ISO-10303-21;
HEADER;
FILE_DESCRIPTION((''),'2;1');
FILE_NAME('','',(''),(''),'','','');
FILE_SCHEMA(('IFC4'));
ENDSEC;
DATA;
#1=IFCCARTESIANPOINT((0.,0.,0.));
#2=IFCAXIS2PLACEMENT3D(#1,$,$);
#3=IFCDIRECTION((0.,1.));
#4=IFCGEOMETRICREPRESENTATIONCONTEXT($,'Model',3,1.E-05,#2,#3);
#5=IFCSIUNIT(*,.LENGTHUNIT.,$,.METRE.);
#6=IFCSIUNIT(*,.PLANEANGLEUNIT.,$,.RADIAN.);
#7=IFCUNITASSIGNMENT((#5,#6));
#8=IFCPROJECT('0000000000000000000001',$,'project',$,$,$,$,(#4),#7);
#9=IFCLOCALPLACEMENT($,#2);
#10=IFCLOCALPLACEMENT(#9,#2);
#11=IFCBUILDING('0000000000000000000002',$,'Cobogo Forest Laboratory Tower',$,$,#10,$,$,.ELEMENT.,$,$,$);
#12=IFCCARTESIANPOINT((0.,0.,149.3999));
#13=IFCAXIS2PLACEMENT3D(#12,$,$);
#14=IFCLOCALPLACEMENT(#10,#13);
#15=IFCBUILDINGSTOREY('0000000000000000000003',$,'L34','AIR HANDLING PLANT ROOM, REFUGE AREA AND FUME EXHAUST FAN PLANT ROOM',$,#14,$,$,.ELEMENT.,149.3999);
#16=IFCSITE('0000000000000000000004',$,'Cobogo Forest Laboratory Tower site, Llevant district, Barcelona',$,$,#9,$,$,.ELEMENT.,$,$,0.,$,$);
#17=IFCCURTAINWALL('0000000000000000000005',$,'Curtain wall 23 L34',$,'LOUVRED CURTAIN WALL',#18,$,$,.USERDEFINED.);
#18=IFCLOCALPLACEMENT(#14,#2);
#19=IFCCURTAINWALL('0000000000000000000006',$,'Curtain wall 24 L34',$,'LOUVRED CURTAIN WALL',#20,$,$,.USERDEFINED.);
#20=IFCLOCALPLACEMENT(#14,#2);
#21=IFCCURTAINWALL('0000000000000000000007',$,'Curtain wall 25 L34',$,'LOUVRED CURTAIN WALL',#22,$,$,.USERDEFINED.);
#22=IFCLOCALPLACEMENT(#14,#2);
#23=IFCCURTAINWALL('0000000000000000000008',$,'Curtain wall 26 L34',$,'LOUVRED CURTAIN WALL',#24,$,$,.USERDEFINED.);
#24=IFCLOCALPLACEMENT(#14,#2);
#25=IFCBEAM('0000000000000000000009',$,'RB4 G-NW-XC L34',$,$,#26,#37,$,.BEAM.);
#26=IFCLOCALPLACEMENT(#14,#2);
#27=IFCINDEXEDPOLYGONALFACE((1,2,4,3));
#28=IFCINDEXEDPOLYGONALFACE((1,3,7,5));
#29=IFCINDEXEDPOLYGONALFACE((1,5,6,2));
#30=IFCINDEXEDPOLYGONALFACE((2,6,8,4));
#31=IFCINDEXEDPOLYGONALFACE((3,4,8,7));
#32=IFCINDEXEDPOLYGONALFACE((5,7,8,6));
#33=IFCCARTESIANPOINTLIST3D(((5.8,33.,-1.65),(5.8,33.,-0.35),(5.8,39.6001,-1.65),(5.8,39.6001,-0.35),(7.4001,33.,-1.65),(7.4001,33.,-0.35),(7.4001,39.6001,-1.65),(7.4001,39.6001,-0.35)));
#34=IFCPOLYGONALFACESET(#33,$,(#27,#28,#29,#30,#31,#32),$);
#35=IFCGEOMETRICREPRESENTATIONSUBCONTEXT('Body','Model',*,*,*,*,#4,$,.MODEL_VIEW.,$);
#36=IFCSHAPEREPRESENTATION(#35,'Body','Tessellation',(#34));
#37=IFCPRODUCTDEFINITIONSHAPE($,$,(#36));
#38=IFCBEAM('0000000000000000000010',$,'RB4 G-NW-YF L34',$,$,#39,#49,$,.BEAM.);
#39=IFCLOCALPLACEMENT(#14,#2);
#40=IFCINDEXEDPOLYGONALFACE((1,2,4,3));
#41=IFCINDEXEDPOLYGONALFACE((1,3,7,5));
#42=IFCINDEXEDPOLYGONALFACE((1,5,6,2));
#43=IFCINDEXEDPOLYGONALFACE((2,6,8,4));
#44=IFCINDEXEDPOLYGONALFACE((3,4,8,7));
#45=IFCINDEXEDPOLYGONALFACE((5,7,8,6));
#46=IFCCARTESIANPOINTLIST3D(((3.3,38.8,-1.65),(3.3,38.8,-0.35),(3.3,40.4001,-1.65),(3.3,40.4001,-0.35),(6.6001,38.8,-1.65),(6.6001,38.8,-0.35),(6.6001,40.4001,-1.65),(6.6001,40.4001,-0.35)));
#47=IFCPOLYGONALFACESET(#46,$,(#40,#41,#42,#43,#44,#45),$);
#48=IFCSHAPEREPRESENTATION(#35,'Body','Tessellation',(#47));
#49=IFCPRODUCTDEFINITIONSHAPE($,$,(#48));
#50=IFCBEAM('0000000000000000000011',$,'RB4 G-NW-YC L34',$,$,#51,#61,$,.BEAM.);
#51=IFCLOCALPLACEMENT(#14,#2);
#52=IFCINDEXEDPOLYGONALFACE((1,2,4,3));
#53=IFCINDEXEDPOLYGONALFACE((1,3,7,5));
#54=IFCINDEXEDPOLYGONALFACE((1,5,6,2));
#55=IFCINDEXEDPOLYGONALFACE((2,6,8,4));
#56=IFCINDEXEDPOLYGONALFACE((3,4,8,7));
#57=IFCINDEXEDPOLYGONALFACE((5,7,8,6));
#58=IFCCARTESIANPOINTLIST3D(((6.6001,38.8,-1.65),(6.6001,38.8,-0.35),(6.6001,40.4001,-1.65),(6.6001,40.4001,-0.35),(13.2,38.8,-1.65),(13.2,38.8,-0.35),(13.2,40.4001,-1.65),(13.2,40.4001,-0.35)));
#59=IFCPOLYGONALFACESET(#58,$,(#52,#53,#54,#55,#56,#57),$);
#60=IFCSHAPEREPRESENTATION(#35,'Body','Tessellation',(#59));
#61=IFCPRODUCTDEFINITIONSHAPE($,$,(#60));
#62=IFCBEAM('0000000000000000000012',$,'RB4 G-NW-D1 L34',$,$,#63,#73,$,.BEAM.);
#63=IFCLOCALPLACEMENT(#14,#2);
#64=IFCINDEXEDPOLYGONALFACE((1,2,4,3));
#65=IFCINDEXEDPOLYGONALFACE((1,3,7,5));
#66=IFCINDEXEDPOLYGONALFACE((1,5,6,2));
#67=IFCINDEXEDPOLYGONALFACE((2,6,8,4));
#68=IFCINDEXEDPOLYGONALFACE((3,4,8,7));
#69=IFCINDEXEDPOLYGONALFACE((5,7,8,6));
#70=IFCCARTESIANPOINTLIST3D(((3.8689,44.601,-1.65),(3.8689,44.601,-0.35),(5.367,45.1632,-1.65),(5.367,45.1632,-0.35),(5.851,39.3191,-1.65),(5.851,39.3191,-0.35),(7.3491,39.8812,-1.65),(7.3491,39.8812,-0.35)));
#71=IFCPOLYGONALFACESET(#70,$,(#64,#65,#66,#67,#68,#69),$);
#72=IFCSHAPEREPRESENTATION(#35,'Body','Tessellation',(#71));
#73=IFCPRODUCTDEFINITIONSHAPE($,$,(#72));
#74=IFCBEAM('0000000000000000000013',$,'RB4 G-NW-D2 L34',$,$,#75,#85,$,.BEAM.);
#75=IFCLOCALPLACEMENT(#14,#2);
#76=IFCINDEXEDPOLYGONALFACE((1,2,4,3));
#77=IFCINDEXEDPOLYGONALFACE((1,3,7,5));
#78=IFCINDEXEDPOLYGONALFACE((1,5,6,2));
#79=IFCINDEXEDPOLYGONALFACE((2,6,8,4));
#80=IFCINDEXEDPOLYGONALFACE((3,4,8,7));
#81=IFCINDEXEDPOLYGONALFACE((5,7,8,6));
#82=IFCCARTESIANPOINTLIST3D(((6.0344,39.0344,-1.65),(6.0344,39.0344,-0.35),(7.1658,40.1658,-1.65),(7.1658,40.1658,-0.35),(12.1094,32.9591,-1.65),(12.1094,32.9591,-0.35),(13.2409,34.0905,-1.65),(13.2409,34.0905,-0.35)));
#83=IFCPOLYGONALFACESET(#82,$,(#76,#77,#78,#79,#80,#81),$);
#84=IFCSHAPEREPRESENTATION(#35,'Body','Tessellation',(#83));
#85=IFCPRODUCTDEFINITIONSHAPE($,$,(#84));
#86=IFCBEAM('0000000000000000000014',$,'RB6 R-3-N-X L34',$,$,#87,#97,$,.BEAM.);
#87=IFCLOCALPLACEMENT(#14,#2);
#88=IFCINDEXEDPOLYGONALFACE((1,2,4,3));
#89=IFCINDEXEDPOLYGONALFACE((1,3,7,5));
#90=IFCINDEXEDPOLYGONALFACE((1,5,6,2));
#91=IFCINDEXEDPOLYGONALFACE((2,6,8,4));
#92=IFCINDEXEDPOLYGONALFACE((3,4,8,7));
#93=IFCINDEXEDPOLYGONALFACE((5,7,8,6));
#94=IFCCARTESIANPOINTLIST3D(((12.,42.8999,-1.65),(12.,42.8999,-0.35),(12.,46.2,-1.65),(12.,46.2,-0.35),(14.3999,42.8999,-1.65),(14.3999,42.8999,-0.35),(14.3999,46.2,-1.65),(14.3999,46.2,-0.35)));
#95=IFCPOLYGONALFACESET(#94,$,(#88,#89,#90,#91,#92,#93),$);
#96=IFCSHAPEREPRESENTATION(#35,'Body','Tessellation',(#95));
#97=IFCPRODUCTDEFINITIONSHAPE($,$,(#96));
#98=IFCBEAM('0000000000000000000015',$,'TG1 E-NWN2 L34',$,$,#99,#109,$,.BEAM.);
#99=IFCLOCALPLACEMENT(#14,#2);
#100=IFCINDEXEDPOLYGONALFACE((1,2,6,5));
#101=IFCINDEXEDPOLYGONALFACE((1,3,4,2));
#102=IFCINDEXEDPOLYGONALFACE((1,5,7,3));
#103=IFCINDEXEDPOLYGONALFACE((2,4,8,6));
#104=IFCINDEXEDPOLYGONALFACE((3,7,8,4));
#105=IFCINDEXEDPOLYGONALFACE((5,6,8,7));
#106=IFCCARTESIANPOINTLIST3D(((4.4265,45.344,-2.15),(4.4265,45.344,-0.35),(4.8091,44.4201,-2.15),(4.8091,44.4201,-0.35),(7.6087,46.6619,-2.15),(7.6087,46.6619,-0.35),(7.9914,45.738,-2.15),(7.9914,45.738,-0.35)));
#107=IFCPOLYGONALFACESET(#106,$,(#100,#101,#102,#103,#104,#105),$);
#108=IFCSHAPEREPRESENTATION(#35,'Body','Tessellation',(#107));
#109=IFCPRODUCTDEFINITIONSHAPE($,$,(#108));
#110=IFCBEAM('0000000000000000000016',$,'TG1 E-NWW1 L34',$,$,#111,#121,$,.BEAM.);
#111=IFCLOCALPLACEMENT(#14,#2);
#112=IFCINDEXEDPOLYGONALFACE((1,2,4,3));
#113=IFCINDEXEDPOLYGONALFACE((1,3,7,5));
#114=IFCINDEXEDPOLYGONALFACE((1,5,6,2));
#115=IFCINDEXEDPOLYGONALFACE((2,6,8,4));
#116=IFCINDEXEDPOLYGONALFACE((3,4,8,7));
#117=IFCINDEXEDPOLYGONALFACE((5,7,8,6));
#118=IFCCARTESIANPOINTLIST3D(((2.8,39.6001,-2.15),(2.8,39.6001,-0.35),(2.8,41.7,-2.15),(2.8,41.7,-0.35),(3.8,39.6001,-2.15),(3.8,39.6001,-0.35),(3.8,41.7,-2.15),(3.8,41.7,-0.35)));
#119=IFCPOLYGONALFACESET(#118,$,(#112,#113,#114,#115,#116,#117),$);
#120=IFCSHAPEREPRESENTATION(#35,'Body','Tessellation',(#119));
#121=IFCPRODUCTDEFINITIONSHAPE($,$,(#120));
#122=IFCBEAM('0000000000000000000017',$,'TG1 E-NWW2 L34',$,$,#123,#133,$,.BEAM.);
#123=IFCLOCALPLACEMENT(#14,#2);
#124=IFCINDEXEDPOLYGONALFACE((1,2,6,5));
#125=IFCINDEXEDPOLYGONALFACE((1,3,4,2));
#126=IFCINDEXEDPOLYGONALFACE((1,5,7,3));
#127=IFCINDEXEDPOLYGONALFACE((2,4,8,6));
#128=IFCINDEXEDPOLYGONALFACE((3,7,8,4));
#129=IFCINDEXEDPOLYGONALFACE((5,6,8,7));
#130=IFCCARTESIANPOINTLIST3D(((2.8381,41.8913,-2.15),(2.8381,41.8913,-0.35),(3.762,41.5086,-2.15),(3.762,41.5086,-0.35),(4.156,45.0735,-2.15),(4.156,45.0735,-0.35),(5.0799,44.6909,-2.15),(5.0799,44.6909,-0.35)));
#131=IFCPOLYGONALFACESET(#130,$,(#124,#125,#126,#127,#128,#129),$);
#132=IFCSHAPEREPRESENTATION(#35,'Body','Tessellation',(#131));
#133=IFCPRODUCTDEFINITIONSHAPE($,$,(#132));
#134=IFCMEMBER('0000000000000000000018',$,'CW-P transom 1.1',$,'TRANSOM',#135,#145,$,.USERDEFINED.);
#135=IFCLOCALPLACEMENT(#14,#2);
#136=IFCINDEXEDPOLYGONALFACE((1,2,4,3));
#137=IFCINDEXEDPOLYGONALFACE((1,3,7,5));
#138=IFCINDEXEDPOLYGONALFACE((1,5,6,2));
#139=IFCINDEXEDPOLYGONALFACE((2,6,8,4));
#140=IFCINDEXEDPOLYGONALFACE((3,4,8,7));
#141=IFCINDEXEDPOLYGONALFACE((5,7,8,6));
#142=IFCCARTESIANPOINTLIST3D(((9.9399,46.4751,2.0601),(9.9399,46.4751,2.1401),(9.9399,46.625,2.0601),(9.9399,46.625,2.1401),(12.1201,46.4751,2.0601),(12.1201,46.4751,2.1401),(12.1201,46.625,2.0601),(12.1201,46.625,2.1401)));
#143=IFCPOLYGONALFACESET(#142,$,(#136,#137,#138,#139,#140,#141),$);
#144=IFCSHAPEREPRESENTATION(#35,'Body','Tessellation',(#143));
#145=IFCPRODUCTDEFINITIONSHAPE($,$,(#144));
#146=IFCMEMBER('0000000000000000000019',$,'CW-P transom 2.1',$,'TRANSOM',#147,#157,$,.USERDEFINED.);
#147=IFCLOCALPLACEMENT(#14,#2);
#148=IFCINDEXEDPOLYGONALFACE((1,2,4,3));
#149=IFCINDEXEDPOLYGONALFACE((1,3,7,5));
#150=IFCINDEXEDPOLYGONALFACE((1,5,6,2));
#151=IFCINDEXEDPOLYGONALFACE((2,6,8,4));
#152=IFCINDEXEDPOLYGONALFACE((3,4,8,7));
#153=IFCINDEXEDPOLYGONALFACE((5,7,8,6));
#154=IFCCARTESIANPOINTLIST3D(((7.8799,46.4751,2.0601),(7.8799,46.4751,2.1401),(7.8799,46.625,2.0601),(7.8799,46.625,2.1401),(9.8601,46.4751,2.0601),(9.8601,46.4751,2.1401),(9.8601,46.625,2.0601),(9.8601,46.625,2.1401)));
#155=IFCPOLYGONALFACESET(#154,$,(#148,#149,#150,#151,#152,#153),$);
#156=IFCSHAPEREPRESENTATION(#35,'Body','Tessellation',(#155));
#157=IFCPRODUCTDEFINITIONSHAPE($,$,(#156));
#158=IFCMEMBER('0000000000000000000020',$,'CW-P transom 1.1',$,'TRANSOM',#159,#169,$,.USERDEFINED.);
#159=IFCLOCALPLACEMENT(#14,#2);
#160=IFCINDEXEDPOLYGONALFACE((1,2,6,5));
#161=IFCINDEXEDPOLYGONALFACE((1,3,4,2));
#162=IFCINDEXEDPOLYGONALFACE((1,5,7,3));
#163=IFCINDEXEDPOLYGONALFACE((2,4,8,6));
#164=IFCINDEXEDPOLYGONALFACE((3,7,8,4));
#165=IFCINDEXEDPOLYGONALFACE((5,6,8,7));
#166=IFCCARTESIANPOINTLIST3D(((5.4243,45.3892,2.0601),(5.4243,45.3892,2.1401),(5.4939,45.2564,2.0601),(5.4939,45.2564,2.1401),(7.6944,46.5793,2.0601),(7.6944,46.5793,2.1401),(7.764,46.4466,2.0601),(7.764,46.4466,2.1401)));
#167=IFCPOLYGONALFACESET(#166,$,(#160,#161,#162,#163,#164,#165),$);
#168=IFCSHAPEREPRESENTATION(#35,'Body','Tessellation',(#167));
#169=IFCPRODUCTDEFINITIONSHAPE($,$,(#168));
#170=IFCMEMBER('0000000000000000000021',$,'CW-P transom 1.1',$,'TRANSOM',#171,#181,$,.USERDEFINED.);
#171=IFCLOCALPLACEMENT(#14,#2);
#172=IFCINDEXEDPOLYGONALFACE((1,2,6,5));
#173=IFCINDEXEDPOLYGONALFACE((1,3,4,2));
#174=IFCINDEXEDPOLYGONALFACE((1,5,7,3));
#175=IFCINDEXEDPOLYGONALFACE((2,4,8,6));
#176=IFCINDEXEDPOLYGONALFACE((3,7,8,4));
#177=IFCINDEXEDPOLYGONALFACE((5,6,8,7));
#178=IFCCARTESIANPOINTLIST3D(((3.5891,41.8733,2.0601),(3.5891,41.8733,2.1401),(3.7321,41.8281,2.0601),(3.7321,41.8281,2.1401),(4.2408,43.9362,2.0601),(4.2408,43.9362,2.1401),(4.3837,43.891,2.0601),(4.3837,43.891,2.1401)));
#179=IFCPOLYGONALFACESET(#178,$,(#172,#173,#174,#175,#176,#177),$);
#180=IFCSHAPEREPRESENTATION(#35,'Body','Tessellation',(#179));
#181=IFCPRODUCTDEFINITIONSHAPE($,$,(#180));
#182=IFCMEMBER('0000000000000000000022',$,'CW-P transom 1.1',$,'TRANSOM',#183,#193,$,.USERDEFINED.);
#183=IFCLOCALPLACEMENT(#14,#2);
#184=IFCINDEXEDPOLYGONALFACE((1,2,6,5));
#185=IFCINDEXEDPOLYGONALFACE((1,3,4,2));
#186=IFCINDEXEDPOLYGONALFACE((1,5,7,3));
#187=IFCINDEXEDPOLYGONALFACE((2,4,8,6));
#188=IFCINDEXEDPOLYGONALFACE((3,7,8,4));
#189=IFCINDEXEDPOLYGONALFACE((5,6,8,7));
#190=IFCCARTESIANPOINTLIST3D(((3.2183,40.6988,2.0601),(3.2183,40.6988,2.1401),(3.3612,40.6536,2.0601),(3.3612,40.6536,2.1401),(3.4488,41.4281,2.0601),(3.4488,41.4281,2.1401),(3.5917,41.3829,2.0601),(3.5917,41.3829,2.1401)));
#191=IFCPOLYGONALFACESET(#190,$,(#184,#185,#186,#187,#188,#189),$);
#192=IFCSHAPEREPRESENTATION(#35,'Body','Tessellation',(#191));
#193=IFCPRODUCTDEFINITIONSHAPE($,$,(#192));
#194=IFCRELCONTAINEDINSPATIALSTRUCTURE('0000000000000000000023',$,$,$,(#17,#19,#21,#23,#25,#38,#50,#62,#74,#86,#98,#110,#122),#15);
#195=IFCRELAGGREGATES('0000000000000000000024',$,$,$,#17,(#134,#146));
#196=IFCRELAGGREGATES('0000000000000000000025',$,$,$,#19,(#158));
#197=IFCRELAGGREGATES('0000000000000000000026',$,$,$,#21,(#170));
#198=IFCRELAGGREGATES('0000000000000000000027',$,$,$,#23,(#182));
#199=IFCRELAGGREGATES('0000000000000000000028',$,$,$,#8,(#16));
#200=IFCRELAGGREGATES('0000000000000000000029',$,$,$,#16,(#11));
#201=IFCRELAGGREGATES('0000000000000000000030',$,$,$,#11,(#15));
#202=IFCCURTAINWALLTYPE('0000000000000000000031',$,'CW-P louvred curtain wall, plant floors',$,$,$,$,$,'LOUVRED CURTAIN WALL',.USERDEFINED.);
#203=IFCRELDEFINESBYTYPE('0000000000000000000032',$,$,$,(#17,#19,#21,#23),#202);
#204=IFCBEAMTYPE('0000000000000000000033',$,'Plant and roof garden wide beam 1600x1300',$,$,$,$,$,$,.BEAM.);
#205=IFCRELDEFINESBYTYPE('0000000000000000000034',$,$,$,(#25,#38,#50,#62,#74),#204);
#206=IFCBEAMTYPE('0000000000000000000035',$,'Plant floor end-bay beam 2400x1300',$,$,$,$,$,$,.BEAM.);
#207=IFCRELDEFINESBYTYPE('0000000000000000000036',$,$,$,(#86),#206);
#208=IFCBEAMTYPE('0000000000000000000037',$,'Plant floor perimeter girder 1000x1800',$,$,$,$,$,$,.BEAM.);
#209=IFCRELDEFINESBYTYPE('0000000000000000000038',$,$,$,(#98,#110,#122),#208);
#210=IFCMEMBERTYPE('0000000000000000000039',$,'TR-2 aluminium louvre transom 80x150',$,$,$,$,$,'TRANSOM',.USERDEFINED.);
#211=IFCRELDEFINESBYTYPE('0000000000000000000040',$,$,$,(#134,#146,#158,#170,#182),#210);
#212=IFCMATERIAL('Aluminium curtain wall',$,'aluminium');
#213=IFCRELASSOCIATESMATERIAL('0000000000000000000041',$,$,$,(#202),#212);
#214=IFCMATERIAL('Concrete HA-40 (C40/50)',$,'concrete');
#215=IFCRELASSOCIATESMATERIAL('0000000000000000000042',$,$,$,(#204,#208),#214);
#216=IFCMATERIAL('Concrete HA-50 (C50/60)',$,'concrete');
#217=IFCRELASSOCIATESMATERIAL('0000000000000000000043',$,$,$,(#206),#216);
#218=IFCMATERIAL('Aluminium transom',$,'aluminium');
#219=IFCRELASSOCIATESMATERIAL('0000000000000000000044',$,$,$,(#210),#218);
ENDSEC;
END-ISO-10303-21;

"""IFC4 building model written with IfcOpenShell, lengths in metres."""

from ifc_helpers import new_model, si_unit, direction, frame, origin, origin_2d, place, context, subcontext, project, spatial, rectangle, extrude, material, material_profile, profile_set, type_object, element, aggregate, save


model = new_model("IFC4")

# Units and contexts
model_context = context("Model", 3, precision=1e-05, world=origin(), true_north=direction((0.0, 1.0)))
body_context = subcontext(model_context, "Body", "Model", "MODEL_VIEW")
ifc_project = project(units=[si_unit("LENGTHUNIT", "METRE"), si_unit("PLANEANGLEUNIT", "RADIAN")], contexts=[model_context])

# Site, building, storey
site_placement = place(None, origin())
site = spatial("IfcSite", under=ifc_project, at=site_placement, Name="Cobogo Forest Laboratory Tower site, Llevant district, Barcelona", CompositionType="ELEMENT", RefElevation=0.0)
building_placement = place(site_placement, origin())
building = spatial("IfcBuilding", under=site, at=building_placement, Name="Cobogo Forest Laboratory Tower", CompositionType="ELEMENT")
storey_placement = place(building_placement, frame((0.0, 0.0, 149.3999)))
storey = spatial("IfcBuildingStorey", under=building, at=storey_placement, Name="L34", Description="AIR HANDLING PLANT ROOM, REFUGE AREA AND FUME EXHAUST FAN PLANT ROOM", CompositionType="ELEMENT", Elevation=149.3999)

# Shared definitions
ifc_material_1 = material(Name="Concrete HA-50 (C50/60)", Category="concrete")

# Curtain walls
ifc_material_2 = material(Name="Aluminium curtain wall", Category="aluminium")
curtain_wall_type = type_object("IfcCurtainWallType", Name="CW-P louvred curtain wall, plant floors", ElementType="LOUVRED CURTAIN WALL", PredefinedType="USERDEFINED", material=ifc_material_2)
curtain_wall_1_placement = place(storey_placement, origin())
curtain_wall_1 = element("IfcCurtainWall", 1, at=curtain_wall_1_placement, inside=storey, type_object=curtain_wall_type, Name="Curtain wall 23 L34", ObjectType="LOUVRED CURTAIN WALL", PredefinedType="USERDEFINED")
curtain_wall_2_placement = place(storey_placement, origin())
curtain_wall_2 = element("IfcCurtainWall", 2, at=curtain_wall_2_placement, inside=storey, type_object=curtain_wall_type, Name="Curtain wall 24 L34", ObjectType="LOUVRED CURTAIN WALL", PredefinedType="USERDEFINED")
curtain_wall_3_placement = place(storey_placement, origin())
curtain_wall_3 = element("IfcCurtainWall", 3, at=curtain_wall_3_placement, inside=storey, type_object=curtain_wall_type, Name="Curtain wall 25 L34", ObjectType="LOUVRED CURTAIN WALL", PredefinedType="USERDEFINED")
curtain_wall_4_placement = place(storey_placement, origin())
curtain_wall_4 = element("IfcCurtainWall", 4, at=curtain_wall_4_placement, inside=storey, type_object=curtain_wall_type, Name="Curtain wall 26 L34", ObjectType="LOUVRED CURTAIN WALL", PredefinedType="USERDEFINED")

# Beams
ifc_material_3 = material(Name="Concrete HA-40 (C40/50)", Category="concrete")
ifc_material_profile_1 = material_profile(ifc_material_3, rectangle(XDim=1.6001, YDim=1.3, at=origin_2d()), Name="RC 1600x1300")
ifc_profile_set_1 = profile_set([ifc_material_profile_1], Name="Concrete HA-40 (C40/50)")
beam_type_1 = type_object("IfcBeamType", Name="Plant and roof garden wide beam 1600x1300", PredefinedType="BEAM", material=ifc_profile_set_1)
beam_1_placement = place(storey_placement, frame((6.6001, 39.6001, -1.0), z_axis=(0.0, -1.0, 0.0), x_axis=(1.0, 0.0, 0.0)))
element("IfcBeam", 5, at=beam_1_placement, inside=storey, type_object=beam_type_1, Name="RB4 G-NW-XC L34", PredefinedType="BEAM", context=body_context, shape_type="SweptSolid", body=[
    extrude(rectangle(XDim=1.6001, YDim=1.3, at=origin_2d()), origin(), (0.0, 0.0, 1.0), 6.6001),
])
beam_2_placement = place(storey_placement, frame((3.3, 39.6001, -1.0), z_axis=(1.0, 0.0, 0.0), x_axis=(0.0, 1.0, 0.0)))
element("IfcBeam", 6, at=beam_2_placement, inside=storey, type_object=beam_type_1, Name="RB4 G-NW-YF L34", PredefinedType="BEAM", context=body_context, shape_type="SweptSolid", body=[
    extrude(rectangle(XDim=1.6001, YDim=1.3, at=origin_2d()), origin(), (0.0, 0.0, 1.0), 3.3),
])
beam_3_placement = place(storey_placement, frame((6.6001, 39.6001, -1.0), z_axis=(1.0, 0.0, 0.0), x_axis=(0.0, 1.0, 0.0)))
element("IfcBeam", 7, at=beam_3_placement, inside=storey, type_object=beam_type_1, Name="RB4 G-NW-YC L34", PredefinedType="BEAM", context=body_context, shape_type="SweptSolid", body=[
    extrude(rectangle(XDim=1.6001, YDim=1.3, at=origin_2d()), origin(), (0.0, 0.0, 1.0), 6.5999),
])
beam_4_placement = place(storey_placement, frame((4.6179, 44.8821, -1.0), z_axis=(0.351346, -0.936246, 0.0), x_axis=(0.936246, 0.351346, 0.0)))
element("IfcBeam", 8, at=beam_4_placement, inside=storey, type_object=beam_type_1, Name="RB4 G-NW-D1 L34", PredefinedType="BEAM", context=body_context, shape_type="SweptSolid", body=[
    extrude(rectangle(XDim=1.6001, YDim=1.3, at=origin_2d()), origin(), (0.0, 0.0, 1.0), 5.6416),
])
beam_5_placement = place(storey_placement, frame((6.6001, 39.6001, -1.0), z_axis=(0.707093, -0.707121, 0.0), x_axis=(0.707121, 0.707093, 0.0)))
element("IfcBeam", 9, at=beam_5_placement, inside=storey, type_object=beam_type_1, Name="RB4 G-NW-D2 L34", PredefinedType="BEAM", context=body_context, shape_type="SweptSolid", body=[
    extrude(rectangle(XDim=1.6001, YDim=1.3, at=origin_2d()), origin(), (0.0, 0.0, 1.0), 8.5916),
])
ifc_material_profile_2 = material_profile(ifc_material_1, rectangle(XDim=2.3999, YDim=1.3, at=origin_2d()), Name="RC 2400x1300")
ifc_profile_set_2 = profile_set([ifc_material_profile_2], Name="Concrete HA-50 (C50/60)")
beam_type_2 = type_object("IfcBeamType", Name="Plant floor end-bay beam 2400x1300", PredefinedType="BEAM", material=ifc_profile_set_2)
beam_6_placement = place(storey_placement, frame((13.2, 46.2, -1.0), z_axis=(0.0, -1.0, 0.0), x_axis=(1.0, 0.0, 0.0)))
element("IfcBeam", 10, at=beam_6_placement, inside=storey, type_object=beam_type_2, Name="RB6 R-3-N-X L34", PredefinedType="BEAM", context=body_context, shape_type="SweptSolid", body=[
    extrude(rectangle(XDim=2.3999, YDim=1.3, at=origin_2d()), origin(), (0.0, 0.0, 1.0), 3.3),
])
ifc_material_profile_3 = material_profile(ifc_material_3, rectangle(XDim=1.0, YDim=1.8, at=origin_2d()), Name="RC 1000x1800")
ifc_profile_set_3 = profile_set([ifc_material_profile_3], Name="Concrete HA-40 (C40/50)")
beam_type_3 = type_object("IfcBeamType", Name="Plant floor perimeter girder 1000x1800", PredefinedType="BEAM", material=ifc_profile_set_3)
beam_7_placement = place(storey_placement, frame((7.8, 46.2, -1.25), z_axis=(-0.923901, -0.382631, 0.0), x_axis=(0.382631, -0.923901, 0.0)))
element("IfcBeam", 11, at=beam_7_placement, inside=storey, type_object=beam_type_3, Name="TG1 E-NWN2 L34", PredefinedType="BEAM", context=body_context, shape_type="SweptSolid", body=[
    extrude(rectangle(XDim=1.0, YDim=1.8, at=origin_2d()), origin(), (0.0, 0.0, 1.0), 3.4443),
])
beam_8_placement = place(storey_placement, frame((3.3, 39.6001, -1.25), z_axis=(0.0, 1.0, 0.0), x_axis=(-1.0, 0.0, 0.0)))
element("IfcBeam", 12, at=beam_8_placement, inside=storey, type_object=beam_type_3, Name="TG1 E-NWW1 L34", PredefinedType="BEAM", context=body_context, shape_type="SweptSolid", body=[
    extrude(rectangle(XDim=1.0, YDim=1.8, at=origin_2d()), origin(), (0.0, 0.0, 1.0), 2.0999),
])
beam_9_placement = place(storey_placement, frame((3.3, 41.7, -1.25), z_axis=(0.382631, 0.923901, 0.0), x_axis=(-0.923901, 0.382631, 0.0)))
element("IfcBeam", 13, at=beam_9_placement, inside=storey, type_object=beam_type_3, Name="TG1 E-NWW2 L34", PredefinedType="BEAM", context=body_context, shape_type="SweptSolid", body=[
    extrude(rectangle(XDim=1.0, YDim=1.8, at=origin_2d()), origin(), (0.0, 0.0, 1.0), 3.4443),
])

# Members
ifc_material_4 = material(Name="Aluminium transom", Category="aluminium")
ifc_material_profile_4 = material_profile(ifc_material_4, rectangle(XDim=0.1499, YDim=0.0801, at=origin_2d()), Name="AL 80x150")
ifc_profile_set_4 = profile_set([ifc_material_profile_4], Name="Aluminium transom")
member_type_1 = type_object("IfcMemberType", Name="TR-2 aluminium louvre transom 80x150", ElementType="TRANSOM", PredefinedType="USERDEFINED", material=ifc_profile_set_4)
member_1_placement = place(storey_placement, frame((12.1201, 46.55, 2.1001), z_axis=(-1.0, 0.0, 0.0), x_axis=(0.0, -1.0, 0.0)))
member_1 = element("IfcMember", 14, at=member_1_placement, type_object=member_type_1, Name="CW-P transom 1.1", ObjectType="TRANSOM", PredefinedType="USERDEFINED", context=body_context, shape_type="SweptSolid", body=[
    extrude(rectangle(XDim=0.1499, YDim=0.0801, at=origin_2d()), origin(), (0.0, 0.0, 1.0), 2.1802),
])
member_2_placement = place(storey_placement, frame((9.8601, 46.55, 2.1001), z_axis=(-1.0, 0.0, 0.0), x_axis=(0.0, -1.0, 0.0)))
member_2 = element("IfcMember", 15, at=member_2_placement, type_object=member_type_1, Name="CW-P transom 2.1", ObjectType="TRANSOM", PredefinedType="USERDEFINED", context=body_context, shape_type="SweptSolid", body=[
    extrude(rectangle(XDim=0.1499, YDim=0.0801, at=origin_2d()), origin(), (0.0, 0.0, 1.0), 1.9802),
])
member_3_placement = place(storey_placement, frame((7.7292, 46.5129, 2.1001), z_axis=(-0.885671, -0.464313, 0.0), x_axis=(0.464313, -0.885671, 0.0)))
member_3 = element("IfcMember", 16, at=member_3_placement, type_object=member_type_1, Name="CW-P transom 1.1", ObjectType="TRANSOM", PredefinedType="USERDEFINED", context=body_context, shape_type="SweptSolid", body=[
    extrude(rectangle(XDim=0.1499, YDim=0.0801, at=origin_2d()), origin(), (0.0, 0.0, 1.0), 2.5632),
])
member_4_placement = place(storey_placement, frame((4.3123, 43.9136, 2.1001), z_axis=(-0.301223, -0.953554, 0.0), x_axis=(0.953554, -0.301223, 0.0)))
member_4 = element("IfcMember", 17, at=member_4_placement, type_object=member_type_1, Name="CW-P transom 1.1", ObjectType="TRANSOM", PredefinedType="USERDEFINED", context=body_context, shape_type="SweptSolid", body=[
    extrude(rectangle(XDim=0.1499, YDim=0.0801, at=origin_2d()), origin(), (0.0, 0.0, 1.0), 2.1633),
])
member_5_placement = place(storey_placement, frame((3.5203, 41.4055, 2.1001), z_axis=(-0.301345, -0.953515, 0.0), x_axis=(0.953515, -0.301345, 0.0)))
member_5 = element("IfcMember", 18, at=member_5_placement, type_object=member_type_1, Name="CW-P transom 1.1", ObjectType="TRANSOM", PredefinedType="USERDEFINED", context=body_context, shape_type="SweptSolid", body=[
    extrude(rectangle(XDim=0.1499, YDim=0.0801, at=origin_2d()), origin(), (0.0, 0.0, 1.0), 0.7649),
])

aggregate(curtain_wall_1, [member_1, member_2])
aggregate(curtain_wall_2, [member_3])
aggregate(curtain_wall_3, [member_4])
aggregate(curtain_wall_4, [member_5])

save(model, "model.ifc")
